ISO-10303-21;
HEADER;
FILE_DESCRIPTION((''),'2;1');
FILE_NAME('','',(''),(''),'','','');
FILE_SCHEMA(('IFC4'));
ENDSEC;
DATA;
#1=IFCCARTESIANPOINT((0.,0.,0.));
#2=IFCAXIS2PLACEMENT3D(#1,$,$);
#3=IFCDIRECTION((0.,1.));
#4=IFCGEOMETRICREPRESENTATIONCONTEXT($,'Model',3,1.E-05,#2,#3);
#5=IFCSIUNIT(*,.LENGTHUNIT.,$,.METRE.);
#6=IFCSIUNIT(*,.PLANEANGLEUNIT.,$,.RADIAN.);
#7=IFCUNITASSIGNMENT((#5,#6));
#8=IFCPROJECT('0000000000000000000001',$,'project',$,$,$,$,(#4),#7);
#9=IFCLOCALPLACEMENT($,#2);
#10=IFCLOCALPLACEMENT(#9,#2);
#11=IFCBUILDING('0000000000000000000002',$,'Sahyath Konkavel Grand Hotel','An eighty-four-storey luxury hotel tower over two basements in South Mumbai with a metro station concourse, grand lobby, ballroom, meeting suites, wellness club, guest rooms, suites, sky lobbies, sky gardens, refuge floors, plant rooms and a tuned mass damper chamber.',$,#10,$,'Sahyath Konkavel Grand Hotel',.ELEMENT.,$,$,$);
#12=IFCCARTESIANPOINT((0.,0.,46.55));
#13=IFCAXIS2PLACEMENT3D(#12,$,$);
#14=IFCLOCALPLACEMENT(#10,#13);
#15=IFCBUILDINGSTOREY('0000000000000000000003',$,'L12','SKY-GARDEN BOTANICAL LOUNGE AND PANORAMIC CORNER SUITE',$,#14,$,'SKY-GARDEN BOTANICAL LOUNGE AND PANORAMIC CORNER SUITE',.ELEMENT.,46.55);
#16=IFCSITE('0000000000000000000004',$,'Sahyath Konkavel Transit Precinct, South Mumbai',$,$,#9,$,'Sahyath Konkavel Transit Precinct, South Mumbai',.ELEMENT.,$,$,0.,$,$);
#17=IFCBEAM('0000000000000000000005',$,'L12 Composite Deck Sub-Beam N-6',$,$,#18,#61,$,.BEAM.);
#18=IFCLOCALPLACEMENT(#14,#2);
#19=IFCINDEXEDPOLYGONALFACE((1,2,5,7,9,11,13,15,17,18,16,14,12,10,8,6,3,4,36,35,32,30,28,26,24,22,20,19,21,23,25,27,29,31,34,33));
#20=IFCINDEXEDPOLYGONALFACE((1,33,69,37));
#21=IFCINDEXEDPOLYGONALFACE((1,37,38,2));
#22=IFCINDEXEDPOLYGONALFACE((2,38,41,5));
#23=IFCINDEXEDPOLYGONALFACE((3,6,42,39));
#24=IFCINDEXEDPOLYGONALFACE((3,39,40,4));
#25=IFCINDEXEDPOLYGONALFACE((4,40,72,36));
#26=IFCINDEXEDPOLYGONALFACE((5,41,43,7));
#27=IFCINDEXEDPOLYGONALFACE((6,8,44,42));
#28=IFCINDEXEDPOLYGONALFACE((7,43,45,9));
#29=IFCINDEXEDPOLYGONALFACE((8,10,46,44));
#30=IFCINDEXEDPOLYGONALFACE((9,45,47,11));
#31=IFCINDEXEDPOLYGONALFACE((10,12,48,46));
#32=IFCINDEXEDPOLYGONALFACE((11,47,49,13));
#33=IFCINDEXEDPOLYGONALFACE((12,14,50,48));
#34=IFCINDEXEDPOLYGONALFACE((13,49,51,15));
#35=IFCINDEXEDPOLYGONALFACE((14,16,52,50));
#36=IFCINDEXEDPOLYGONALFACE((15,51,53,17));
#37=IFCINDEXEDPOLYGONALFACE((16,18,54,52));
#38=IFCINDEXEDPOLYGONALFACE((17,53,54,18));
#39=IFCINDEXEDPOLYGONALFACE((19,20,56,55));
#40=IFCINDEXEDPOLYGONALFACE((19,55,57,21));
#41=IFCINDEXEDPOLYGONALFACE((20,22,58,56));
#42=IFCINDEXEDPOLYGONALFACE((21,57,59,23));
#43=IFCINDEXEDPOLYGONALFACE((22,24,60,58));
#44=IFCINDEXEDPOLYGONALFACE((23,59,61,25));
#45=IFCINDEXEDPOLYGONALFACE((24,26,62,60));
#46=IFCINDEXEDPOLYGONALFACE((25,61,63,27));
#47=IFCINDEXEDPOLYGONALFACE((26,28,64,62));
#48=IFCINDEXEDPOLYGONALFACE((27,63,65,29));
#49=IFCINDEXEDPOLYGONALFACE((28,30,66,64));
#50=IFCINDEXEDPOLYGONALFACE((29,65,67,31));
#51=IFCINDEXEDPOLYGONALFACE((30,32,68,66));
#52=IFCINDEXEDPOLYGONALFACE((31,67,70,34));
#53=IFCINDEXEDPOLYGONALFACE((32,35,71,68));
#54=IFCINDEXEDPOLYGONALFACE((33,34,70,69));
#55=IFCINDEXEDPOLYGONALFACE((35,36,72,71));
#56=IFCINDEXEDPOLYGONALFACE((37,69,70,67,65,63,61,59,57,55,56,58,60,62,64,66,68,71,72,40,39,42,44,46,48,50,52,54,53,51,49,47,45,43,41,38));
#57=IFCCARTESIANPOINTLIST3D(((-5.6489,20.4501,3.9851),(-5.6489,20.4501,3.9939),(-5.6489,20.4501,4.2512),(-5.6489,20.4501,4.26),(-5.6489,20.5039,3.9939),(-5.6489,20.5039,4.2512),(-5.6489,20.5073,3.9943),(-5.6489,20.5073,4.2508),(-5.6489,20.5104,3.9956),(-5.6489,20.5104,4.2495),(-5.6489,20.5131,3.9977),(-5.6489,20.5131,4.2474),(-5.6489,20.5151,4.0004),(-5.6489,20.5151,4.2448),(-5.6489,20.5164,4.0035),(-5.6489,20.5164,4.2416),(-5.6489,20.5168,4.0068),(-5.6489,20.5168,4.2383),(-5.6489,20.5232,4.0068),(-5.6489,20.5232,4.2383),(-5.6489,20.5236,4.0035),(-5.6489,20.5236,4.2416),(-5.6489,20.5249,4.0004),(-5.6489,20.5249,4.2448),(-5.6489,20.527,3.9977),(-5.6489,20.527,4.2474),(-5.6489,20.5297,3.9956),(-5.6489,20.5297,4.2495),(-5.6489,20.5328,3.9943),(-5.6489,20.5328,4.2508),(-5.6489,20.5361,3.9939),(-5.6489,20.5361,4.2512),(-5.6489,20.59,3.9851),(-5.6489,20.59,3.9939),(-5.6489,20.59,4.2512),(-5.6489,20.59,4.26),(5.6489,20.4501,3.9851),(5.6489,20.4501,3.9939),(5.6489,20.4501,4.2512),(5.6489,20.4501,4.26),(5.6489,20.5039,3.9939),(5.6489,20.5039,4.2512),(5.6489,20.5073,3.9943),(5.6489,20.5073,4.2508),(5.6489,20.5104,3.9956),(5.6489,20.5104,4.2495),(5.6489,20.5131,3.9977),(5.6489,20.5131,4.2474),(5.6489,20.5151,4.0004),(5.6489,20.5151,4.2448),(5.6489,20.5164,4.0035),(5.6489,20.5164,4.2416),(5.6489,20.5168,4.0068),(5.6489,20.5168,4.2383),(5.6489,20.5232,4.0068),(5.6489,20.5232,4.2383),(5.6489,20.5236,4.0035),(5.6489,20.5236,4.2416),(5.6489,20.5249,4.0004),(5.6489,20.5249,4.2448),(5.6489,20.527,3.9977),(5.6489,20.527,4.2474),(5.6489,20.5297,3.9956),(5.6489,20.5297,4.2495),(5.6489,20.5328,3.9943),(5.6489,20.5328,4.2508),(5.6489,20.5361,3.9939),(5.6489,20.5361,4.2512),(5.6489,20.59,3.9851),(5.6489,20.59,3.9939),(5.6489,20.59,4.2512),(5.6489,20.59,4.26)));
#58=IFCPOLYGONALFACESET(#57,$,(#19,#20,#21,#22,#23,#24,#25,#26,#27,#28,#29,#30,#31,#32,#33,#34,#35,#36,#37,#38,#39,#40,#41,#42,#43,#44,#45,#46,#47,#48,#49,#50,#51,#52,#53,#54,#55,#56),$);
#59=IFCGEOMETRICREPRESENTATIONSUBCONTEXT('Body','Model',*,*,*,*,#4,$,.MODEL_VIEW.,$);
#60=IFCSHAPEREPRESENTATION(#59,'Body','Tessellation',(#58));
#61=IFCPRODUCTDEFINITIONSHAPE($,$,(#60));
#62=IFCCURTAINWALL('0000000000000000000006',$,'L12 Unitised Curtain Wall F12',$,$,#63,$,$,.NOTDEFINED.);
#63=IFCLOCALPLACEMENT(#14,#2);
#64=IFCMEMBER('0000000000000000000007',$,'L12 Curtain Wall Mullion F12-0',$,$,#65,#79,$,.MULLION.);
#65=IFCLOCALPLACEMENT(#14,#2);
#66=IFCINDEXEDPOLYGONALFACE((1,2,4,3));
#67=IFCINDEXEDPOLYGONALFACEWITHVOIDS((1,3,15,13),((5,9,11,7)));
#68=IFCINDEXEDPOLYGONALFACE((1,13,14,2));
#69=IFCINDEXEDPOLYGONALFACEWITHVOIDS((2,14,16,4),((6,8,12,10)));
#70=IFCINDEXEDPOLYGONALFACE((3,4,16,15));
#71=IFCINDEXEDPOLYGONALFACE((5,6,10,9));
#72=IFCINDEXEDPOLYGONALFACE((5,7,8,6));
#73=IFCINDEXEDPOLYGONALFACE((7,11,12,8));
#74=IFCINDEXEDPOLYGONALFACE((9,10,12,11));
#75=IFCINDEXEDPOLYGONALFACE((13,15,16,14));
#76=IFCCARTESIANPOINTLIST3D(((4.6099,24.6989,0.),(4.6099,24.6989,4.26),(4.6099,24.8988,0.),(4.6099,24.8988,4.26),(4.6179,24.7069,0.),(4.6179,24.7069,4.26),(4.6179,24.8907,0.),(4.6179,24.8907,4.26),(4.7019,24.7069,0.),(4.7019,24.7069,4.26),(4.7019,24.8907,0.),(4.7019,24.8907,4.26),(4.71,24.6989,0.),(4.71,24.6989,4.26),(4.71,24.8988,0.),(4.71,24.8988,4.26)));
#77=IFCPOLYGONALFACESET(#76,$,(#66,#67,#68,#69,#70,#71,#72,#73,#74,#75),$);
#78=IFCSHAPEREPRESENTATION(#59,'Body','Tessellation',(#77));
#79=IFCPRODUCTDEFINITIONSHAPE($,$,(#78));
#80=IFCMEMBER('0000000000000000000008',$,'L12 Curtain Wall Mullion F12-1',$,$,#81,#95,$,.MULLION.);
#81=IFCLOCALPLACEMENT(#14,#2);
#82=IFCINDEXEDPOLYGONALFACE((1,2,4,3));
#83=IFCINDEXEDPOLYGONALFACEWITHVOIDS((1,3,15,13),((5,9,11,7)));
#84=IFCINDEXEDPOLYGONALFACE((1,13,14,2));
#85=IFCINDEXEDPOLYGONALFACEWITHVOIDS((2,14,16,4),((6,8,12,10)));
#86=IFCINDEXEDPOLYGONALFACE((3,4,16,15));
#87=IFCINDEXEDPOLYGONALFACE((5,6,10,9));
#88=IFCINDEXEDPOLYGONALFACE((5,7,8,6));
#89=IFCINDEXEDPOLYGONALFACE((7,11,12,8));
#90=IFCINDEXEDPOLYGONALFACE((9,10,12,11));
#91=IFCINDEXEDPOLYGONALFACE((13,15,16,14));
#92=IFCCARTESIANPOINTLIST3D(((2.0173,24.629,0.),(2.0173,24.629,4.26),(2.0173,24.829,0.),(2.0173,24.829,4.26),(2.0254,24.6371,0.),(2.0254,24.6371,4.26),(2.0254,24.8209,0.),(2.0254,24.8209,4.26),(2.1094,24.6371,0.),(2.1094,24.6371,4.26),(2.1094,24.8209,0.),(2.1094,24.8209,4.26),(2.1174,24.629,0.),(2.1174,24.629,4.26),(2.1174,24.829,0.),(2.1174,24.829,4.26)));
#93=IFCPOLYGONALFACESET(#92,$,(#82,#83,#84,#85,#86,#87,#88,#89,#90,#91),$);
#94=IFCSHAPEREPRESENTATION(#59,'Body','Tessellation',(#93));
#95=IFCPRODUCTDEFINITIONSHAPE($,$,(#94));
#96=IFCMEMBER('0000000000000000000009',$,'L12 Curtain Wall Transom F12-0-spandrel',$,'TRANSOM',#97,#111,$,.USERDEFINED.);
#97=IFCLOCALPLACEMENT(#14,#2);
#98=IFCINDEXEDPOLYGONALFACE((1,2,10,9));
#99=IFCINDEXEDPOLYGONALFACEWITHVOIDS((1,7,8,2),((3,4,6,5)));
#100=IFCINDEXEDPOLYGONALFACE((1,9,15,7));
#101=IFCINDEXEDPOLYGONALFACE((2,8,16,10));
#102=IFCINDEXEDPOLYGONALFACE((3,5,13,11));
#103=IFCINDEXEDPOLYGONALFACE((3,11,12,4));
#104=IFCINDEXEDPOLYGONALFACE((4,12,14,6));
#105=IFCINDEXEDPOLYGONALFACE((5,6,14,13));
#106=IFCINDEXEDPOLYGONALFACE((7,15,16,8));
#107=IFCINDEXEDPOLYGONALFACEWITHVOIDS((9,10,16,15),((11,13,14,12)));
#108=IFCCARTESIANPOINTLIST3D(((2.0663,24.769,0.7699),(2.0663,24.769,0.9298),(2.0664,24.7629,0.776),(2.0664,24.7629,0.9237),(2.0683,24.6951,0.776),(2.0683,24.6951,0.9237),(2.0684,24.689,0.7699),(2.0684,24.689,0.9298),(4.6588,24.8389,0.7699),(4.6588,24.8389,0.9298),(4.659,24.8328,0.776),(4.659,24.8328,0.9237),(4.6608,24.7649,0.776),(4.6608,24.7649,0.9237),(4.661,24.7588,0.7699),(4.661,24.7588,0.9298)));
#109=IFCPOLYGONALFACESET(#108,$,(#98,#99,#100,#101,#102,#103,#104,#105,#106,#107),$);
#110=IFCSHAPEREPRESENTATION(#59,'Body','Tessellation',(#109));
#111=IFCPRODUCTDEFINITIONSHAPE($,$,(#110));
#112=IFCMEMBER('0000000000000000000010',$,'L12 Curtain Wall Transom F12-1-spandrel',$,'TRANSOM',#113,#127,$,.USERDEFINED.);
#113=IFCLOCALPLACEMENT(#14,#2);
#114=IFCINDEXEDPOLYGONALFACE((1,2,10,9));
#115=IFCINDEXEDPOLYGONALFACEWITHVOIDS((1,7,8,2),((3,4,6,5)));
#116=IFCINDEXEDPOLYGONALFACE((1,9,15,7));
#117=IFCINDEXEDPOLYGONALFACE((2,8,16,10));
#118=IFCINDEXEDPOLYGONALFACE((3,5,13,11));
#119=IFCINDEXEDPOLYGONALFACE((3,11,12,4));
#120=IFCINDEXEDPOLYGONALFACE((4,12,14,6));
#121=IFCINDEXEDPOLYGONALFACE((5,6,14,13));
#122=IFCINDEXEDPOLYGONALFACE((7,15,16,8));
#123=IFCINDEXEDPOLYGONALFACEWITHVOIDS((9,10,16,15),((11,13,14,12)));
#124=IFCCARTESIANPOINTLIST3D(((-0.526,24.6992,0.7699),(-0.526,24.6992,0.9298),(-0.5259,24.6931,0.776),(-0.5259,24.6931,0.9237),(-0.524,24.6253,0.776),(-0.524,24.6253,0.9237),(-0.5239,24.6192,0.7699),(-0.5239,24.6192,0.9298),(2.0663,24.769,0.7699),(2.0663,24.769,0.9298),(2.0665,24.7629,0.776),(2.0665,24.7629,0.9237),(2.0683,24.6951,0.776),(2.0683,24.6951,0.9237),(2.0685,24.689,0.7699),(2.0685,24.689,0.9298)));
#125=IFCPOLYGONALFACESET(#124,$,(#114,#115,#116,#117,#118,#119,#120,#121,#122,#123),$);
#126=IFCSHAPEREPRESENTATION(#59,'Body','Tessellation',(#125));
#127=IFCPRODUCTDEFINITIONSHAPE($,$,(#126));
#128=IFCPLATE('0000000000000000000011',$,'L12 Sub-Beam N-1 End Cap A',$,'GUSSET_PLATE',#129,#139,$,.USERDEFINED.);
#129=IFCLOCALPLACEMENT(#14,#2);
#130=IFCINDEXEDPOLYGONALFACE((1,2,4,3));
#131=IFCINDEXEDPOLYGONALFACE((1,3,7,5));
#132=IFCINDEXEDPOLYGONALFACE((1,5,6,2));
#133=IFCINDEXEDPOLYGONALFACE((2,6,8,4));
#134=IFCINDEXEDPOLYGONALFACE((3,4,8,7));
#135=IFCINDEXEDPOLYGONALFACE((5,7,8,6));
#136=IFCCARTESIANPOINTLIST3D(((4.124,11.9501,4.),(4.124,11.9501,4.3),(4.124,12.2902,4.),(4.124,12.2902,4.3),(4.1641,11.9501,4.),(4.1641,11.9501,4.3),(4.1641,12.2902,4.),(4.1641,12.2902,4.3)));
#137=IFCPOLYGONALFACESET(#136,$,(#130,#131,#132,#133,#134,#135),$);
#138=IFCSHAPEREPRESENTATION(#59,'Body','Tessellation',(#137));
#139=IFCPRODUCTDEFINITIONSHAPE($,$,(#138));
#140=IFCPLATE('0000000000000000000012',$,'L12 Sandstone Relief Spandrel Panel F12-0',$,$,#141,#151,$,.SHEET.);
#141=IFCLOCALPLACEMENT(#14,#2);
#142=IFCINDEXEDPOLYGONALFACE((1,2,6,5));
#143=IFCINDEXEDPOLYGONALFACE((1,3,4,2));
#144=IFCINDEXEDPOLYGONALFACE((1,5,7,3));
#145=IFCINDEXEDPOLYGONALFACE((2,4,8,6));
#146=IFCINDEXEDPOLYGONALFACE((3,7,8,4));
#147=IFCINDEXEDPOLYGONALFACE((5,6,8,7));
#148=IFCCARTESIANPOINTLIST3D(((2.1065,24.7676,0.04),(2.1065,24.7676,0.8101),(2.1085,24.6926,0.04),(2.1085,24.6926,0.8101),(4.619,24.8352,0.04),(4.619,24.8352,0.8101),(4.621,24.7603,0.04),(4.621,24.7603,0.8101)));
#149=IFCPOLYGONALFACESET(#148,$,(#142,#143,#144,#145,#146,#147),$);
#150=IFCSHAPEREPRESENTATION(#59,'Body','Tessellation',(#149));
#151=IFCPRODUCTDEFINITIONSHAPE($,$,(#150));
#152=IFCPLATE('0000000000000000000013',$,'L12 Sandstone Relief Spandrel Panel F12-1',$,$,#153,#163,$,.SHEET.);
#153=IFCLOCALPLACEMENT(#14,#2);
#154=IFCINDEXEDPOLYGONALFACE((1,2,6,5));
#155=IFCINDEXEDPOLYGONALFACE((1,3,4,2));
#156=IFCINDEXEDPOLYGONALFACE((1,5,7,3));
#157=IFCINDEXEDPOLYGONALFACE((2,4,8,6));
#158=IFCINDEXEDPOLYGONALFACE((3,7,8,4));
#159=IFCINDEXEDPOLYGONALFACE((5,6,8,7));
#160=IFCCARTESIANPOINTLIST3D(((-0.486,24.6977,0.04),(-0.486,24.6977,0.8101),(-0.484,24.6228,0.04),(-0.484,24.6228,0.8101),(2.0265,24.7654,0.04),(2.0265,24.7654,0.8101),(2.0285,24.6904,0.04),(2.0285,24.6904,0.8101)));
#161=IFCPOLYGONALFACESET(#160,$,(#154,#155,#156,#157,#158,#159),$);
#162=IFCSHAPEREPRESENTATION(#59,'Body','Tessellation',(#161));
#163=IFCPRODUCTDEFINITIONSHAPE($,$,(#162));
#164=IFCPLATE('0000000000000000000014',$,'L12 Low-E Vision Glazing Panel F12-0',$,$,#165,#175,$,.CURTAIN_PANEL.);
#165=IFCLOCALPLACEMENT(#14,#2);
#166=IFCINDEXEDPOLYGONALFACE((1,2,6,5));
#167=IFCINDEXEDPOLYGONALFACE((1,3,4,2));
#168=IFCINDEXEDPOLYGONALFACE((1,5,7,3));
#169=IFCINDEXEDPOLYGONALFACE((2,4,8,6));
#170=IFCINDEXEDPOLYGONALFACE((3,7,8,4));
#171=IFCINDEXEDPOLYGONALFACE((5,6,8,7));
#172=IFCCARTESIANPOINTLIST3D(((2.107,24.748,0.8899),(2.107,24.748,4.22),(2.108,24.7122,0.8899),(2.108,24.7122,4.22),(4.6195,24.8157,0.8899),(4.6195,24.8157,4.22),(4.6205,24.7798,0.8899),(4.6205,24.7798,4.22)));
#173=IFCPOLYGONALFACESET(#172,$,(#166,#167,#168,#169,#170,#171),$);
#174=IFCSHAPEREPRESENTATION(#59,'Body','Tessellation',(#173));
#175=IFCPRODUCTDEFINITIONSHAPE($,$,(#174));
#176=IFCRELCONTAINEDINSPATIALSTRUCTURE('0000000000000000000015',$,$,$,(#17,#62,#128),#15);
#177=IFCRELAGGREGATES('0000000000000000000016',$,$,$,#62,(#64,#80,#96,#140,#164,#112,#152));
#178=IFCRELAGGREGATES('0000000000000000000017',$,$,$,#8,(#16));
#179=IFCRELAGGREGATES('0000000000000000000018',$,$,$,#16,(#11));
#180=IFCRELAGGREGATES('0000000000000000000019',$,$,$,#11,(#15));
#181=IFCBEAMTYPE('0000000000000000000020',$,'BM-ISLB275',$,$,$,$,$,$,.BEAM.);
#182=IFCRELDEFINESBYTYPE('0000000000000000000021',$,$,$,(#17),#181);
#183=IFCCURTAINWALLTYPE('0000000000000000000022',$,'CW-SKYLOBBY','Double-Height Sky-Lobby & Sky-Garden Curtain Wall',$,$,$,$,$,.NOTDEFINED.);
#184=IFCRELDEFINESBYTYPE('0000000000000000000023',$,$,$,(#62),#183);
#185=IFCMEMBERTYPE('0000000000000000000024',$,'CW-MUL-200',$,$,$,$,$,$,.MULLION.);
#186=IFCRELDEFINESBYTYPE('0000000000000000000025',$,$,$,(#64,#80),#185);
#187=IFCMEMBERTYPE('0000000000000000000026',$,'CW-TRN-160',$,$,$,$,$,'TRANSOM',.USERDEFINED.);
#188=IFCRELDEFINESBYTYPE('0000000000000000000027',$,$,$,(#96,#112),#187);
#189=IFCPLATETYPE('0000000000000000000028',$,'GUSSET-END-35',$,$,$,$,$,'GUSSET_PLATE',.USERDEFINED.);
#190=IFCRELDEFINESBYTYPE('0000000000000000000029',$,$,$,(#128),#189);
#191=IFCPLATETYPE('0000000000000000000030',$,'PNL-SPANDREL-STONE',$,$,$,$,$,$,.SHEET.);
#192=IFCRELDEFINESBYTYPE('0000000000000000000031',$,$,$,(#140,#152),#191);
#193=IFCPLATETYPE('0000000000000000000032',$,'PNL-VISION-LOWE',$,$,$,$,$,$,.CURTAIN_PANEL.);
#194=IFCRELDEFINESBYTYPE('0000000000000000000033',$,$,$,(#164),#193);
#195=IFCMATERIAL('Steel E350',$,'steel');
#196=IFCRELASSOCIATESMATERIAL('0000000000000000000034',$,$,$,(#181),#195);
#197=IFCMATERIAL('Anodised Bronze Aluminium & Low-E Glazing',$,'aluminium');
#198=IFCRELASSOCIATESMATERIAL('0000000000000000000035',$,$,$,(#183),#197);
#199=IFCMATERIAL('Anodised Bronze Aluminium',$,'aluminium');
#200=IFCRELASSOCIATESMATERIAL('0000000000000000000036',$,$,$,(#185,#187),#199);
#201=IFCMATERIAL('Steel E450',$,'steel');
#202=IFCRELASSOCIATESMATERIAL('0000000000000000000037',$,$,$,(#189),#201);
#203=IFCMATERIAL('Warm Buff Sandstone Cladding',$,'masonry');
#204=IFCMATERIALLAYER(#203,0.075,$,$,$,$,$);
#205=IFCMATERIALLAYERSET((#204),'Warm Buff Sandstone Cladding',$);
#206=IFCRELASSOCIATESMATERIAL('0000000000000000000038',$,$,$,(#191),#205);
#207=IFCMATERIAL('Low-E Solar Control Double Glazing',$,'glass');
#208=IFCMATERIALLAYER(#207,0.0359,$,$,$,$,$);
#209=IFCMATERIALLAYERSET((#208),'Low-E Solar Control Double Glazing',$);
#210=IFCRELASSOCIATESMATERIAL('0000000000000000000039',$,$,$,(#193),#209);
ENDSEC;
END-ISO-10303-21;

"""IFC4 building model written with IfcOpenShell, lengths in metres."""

from ifc_helpers import new_model, si_unit, direction, frame, origin, origin_2d, place, context, subcontext, project, spatial, rectangle, hollow_rectangle, i_section, extrude, source, transform, mapped, material, layer, layer_set, material_profile, profile_set, type_object, element, aggregate, save


model = new_model("IFC4")

# Units and contexts
model_context = context("Model", 3, precision=1e-05, world=origin(), true_north=direction((0.0, 1.0)))
body_context = subcontext(model_context, "Body", "Model", "MODEL_VIEW")
ifc_project = project(units=[si_unit("LENGTHUNIT", "METRE"), si_unit("PLANEANGLEUNIT", "RADIAN")], contexts=[model_context])

# Site, building, storey
site_placement = place(None, origin())
site = spatial("IfcSite", under=ifc_project, at=site_placement, Name="Sahyath Konkavel Transit Precinct, South Mumbai", LongName="Sahyath Konkavel Transit Precinct, South Mumbai", CompositionType="ELEMENT", RefElevation=0.0)
building_placement = place(site_placement, origin())
building = spatial("IfcBuilding", under=site, at=building_placement, Name="Sahyath Konkavel Grand Hotel", Description="An eighty-four-storey luxury hotel tower over two basements in South Mumbai with a metro station concourse, grand lobby, ballroom, meeting suites, wellness club, guest rooms, suites, sky lobbies, sky gardens, refuge floors, plant rooms and a tuned mass damper chamber.", LongName="Sahyath Konkavel Grand Hotel", CompositionType="ELEMENT")
storey_placement = place(building_placement, frame((0.0, 0.0, 46.55)))
storey = spatial("IfcBuildingStorey", under=building, at=storey_placement, Name="L12", Description="SKY-GARDEN BOTANICAL LOUNGE AND PANORAMIC CORNER SUITE", LongName="SKY-GARDEN BOTANICAL LOUNGE AND PANORAMIC CORNER SUITE", CompositionType="ELEMENT", Elevation=46.55)

# Beam
ifc_material_1 = material(Name="Steel E350", Category="steel")
ifc_material_profile_1 = material_profile(ifc_material_1, i_section(OverallWidth=0.1399, OverallDepth=0.2749, WebThickness=0.0063, FlangeThickness=0.0088, FilletRadius=0.0129, at=origin_2d()), Name="ISLB 275")
ifc_profile_set_1 = profile_set([ifc_material_profile_1], Name="Steel E350")
beam_type_1 = type_object("IfcBeamType", Name="BM-ISLB275", PredefinedType="BEAM", material=ifc_profile_set_1)
shared_shape_1 = source(origin(), body_context, "Body", "SweptSolid", [
    extrude(i_section(OverallWidth=0.1399, OverallDepth=0.2749, WebThickness=0.0063, FlangeThickness=0.0088, FilletRadius=0.0129, at=origin_2d()), origin(), (0.0, 0.0, 1.0), 11.2979),
])
beam_1_placement = place(storey_placement, frame((5.6489, 20.52, 4.1226), z_axis=(-1.0, 0.0, 0.0), x_axis=(0.0, -1.0, 0.0)))
element("IfcBeam", 1, at=beam_1_placement, inside=storey, type_object=beam_type_1, Name="L12 Composite Deck Sub-Beam N-6", PredefinedType="BEAM", context=body_context, shape_type="MappedRepresentation", body=[
    mapped(shared_shape_1, transform((0.0, 0.0, 0.0), scale=1.0)),
])

# Curtain wall, members
ifc_material_2 = material(Name="Anodised Bronze Aluminium & Low-E Glazing", Category="aluminium")
curtain_wall_type = type_object("IfcCurtainWallType", Name="CW-SKYLOBBY", Description="Double-Height Sky-Lobby & Sky-Garden Curtain Wall", PredefinedType="NOTDEFINED", material=ifc_material_2)
curtain_wall_placement = place(storey_placement, origin())
curtain_wall = element("IfcCurtainWall", 2, at=curtain_wall_placement, inside=storey, type_object=curtain_wall_type, Name="L12 Unitised Curtain Wall F12", PredefinedType="NOTDEFINED")
ifc_material_3 = material(Name="Anodised Bronze Aluminium", Category="aluminium")
ifc_material_profile_2 = material_profile(ifc_material_3, hollow_rectangle(XDim=0.1001, YDim=0.2, WallThickness=0.0081, at=origin_2d()), Name="RHS 200x100x8")
ifc_profile_set_2 = profile_set([ifc_material_profile_2], Name="Anodised Bronze Aluminium")
member_type_1 = type_object("IfcMemberType", Name="CW-MUL-200", PredefinedType="MULLION", material=ifc_profile_set_2)
shared_shape_2 = source(origin(), body_context, "Body", "SweptSolid", [
    extrude(hollow_rectangle(XDim=0.1001, YDim=0.2, WallThickness=0.0081, at=origin_2d()), origin(), (0.0, 0.0, 1.0), 4.26),
])
member_1_placement = place(storey_placement, frame((4.6599, 24.7988, 0.0), z_axis=(0.0, 0.0, 1.0), x_axis=(1.0, 0.0, 0.0)))
member_1 = element("IfcMember", 3, at=member_1_placement, type_object=member_type_1, Name="L12 Curtain Wall Mullion F12-0", PredefinedType="MULLION", context=body_context, shape_type="MappedRepresentation", body=[
    mapped(shared_shape_2, transform((0.0, 0.0, 0.0), scale=1.0)),
])
member_2_placement = place(storey_placement, frame((2.0674, 24.729, 0.0), z_axis=(0.0, 0.0, 1.0), x_axis=(1.0, 0.0, 0.0)))
member_2 = element("IfcMember", 4, at=member_2_placement, type_object=member_type_1, Name="L12 Curtain Wall Mullion F12-1", PredefinedType="MULLION", context=body_context, shape_type="MappedRepresentation", body=[
    mapped(shared_shape_2, transform((0.0, 0.0, 0.0), scale=1.0)),
])
ifc_material_profile_3 = material_profile(ifc_material_3, hollow_rectangle(XDim=0.0801, YDim=0.1599, WallThickness=0.0061, at=origin_2d()), Name="RHS 160x80x6")
ifc_profile_set_3 = profile_set([ifc_material_profile_3], Name="Anodised Bronze Aluminium")
member_type_2 = type_object("IfcMemberType", Name="CW-TRN-160", ElementType="TRANSOM", PredefinedType="USERDEFINED", material=ifc_profile_set_3)
shared_shape_3 = source(origin(), body_context, "Body", "SweptSolid", [
    extrude(hollow_rectangle(XDim=0.0801, YDim=0.1599, WallThickness=0.0061, at=origin_2d()), origin(), (0.0, 0.0, 1.0), 2.5935),
])
member_3_placement = place(storey_placement, frame((4.6599, 24.7988, 0.8499), z_axis=(-0.999638, -0.026923, 0.0), x_axis=(0.026923, -0.999638, 0.0)))
member_3 = element("IfcMember", 5, at=member_3_placement, type_object=member_type_2, Name="L12 Curtain Wall Transom F12-0-spandrel", ObjectType="TRANSOM", PredefinedType="USERDEFINED", context=body_context, shape_type="MappedRepresentation", body=[
    mapped(shared_shape_3, transform((0.0, 0.0, 0.0), scale=1.0)),
])
shared_shape_4 = source(origin(), body_context, "Body", "SweptSolid", [
    extrude(hollow_rectangle(XDim=0.0801, YDim=0.1599, WallThickness=0.0061, at=origin_2d()), origin(), (0.0, 0.0, 1.0), 2.5933),
])
member_4_placement = place(storey_placement, frame((2.0674, 24.729, 0.8499), z_axis=(-0.999637, -0.026926, 0.0), x_axis=(0.026926, -0.999637, 0.0)))
member_4 = element("IfcMember", 6, at=member_4_placement, type_object=member_type_2, Name="L12 Curtain Wall Transom F12-1-spandrel", ObjectType="TRANSOM", PredefinedType="USERDEFINED", context=body_context, shape_type="MappedRepresentation", body=[
    mapped(shared_shape_4, transform((0.0, 0.0, 0.0), scale=1.0)),
])

# Plates
ifc_material_4 = material(Name="Steel E450", Category="steel")
plate_type_1 = type_object("IfcPlateType", Name="GUSSET-END-35", ElementType="GUSSET_PLATE", PredefinedType="USERDEFINED", material=ifc_material_4)
shared_shape_5 = source(origin(), body_context, "Body", "SweptSolid", [
    extrude(rectangle(XDim=0.04, YDim=0.3401, at=origin_2d()), origin(), (0.0, 0.0, 1.0), 0.3),
])
plate_1_placement = place(storey_placement, frame((4.144, 12.1201, 4.0), z_axis=(0.0, 0.0, 1.0), x_axis=(-1.0, 0.0, 0.0)))
element("IfcPlate", 7, at=plate_1_placement, inside=storey, type_object=plate_type_1, Name="L12 Sub-Beam N-1 End Cap A", ObjectType="GUSSET_PLATE", PredefinedType="USERDEFINED", context=body_context, shape_type="MappedRepresentation", body=[
    mapped(shared_shape_5, transform((0.0, 0.0, 0.0), scale=1.0)),
])
ifc_material_5 = material(Name="Warm Buff Sandstone Cladding", Category="masonry")
ifc_layer_1 = layer(ifc_material_5, 0.075)
ifc_layer_set_1 = layer_set([ifc_layer_1], Name="Warm Buff Sandstone Cladding")
plate_type_2 = type_object("IfcPlateType", Name="PNL-SPANDREL-STONE", PredefinedType="SHEET", material=ifc_layer_set_1)
shared_shape_6 = source(origin(), body_context, "Body", "SweptSolid", [
    extrude(rectangle(XDim=2.5134, YDim=0.075, at=origin_2d()), origin(), (0.0, 0.0, 1.0), 0.77),
])
plate_2_placement = place(storey_placement, frame((3.3638, 24.7639, 0.04), z_axis=(0.0, 0.0, 1.0), x_axis=(-0.999638, -0.02691, 0.0)))
plate_2 = element("IfcPlate", 8, at=plate_2_placement, type_object=plate_type_2, Name="L12 Sandstone Relief Spandrel Panel F12-0", PredefinedType="SHEET", context=body_context, shape_type="MappedRepresentation", body=[
    mapped(shared_shape_6, transform((0.0, 0.0, 0.0), scale=1.0)),
])
plate_3_placement = place(storey_placement, frame((0.7712, 24.6941, 0.04), z_axis=(0.0, 0.0, 1.0), x_axis=(-0.999638, -0.02691, 0.0)))
plate_3 = element("IfcPlate", 9, at=plate_3_placement, type_object=plate_type_2, Name="L12 Sandstone Relief Spandrel Panel F12-1", PredefinedType="SHEET", context=body_context, shape_type="MappedRepresentation", body=[
    mapped(shared_shape_6, transform((0.0, 0.0, 0.0), scale=1.0)),
])
ifc_material_6 = material(Name="Low-E Solar Control Double Glazing", Category="glass")
ifc_layer_2 = layer(ifc_material_6, 0.0359)
ifc_layer_set_2 = layer_set([ifc_layer_2], Name="Low-E Solar Control Double Glazing")
plate_type_3 = type_object("IfcPlateType", Name="PNL-VISION-LOWE", PredefinedType="CURTAIN_PANEL", material=ifc_layer_set_2)
shared_shape_7 = source(origin(), body_context, "Body", "SweptSolid", [
    extrude(rectangle(XDim=2.5134, YDim=0.0359, at=origin_2d()), origin(), (0.0, 0.0, 1.0), 3.3301),
])
plate_4_placement = place(storey_placement, frame((3.3638, 24.7639, 0.8899), z_axis=(0.0, 0.0, 1.0), x_axis=(-0.999638, -0.02691, 0.0)))
plate_4 = element("IfcPlate", 10, at=plate_4_placement, type_object=plate_type_3, Name="L12 Low-E Vision Glazing Panel F12-0", PredefinedType="CURTAIN_PANEL", context=body_context, shape_type="MappedRepresentation", body=[
    mapped(shared_shape_7, transform((0.0, 0.0, 0.0), scale=1.0)),
])
aggregate(curtain_wall, [member_1, member_2, member_3, plate_2, plate_4, member_4, plate_3])

save(model, "model.ifc")
